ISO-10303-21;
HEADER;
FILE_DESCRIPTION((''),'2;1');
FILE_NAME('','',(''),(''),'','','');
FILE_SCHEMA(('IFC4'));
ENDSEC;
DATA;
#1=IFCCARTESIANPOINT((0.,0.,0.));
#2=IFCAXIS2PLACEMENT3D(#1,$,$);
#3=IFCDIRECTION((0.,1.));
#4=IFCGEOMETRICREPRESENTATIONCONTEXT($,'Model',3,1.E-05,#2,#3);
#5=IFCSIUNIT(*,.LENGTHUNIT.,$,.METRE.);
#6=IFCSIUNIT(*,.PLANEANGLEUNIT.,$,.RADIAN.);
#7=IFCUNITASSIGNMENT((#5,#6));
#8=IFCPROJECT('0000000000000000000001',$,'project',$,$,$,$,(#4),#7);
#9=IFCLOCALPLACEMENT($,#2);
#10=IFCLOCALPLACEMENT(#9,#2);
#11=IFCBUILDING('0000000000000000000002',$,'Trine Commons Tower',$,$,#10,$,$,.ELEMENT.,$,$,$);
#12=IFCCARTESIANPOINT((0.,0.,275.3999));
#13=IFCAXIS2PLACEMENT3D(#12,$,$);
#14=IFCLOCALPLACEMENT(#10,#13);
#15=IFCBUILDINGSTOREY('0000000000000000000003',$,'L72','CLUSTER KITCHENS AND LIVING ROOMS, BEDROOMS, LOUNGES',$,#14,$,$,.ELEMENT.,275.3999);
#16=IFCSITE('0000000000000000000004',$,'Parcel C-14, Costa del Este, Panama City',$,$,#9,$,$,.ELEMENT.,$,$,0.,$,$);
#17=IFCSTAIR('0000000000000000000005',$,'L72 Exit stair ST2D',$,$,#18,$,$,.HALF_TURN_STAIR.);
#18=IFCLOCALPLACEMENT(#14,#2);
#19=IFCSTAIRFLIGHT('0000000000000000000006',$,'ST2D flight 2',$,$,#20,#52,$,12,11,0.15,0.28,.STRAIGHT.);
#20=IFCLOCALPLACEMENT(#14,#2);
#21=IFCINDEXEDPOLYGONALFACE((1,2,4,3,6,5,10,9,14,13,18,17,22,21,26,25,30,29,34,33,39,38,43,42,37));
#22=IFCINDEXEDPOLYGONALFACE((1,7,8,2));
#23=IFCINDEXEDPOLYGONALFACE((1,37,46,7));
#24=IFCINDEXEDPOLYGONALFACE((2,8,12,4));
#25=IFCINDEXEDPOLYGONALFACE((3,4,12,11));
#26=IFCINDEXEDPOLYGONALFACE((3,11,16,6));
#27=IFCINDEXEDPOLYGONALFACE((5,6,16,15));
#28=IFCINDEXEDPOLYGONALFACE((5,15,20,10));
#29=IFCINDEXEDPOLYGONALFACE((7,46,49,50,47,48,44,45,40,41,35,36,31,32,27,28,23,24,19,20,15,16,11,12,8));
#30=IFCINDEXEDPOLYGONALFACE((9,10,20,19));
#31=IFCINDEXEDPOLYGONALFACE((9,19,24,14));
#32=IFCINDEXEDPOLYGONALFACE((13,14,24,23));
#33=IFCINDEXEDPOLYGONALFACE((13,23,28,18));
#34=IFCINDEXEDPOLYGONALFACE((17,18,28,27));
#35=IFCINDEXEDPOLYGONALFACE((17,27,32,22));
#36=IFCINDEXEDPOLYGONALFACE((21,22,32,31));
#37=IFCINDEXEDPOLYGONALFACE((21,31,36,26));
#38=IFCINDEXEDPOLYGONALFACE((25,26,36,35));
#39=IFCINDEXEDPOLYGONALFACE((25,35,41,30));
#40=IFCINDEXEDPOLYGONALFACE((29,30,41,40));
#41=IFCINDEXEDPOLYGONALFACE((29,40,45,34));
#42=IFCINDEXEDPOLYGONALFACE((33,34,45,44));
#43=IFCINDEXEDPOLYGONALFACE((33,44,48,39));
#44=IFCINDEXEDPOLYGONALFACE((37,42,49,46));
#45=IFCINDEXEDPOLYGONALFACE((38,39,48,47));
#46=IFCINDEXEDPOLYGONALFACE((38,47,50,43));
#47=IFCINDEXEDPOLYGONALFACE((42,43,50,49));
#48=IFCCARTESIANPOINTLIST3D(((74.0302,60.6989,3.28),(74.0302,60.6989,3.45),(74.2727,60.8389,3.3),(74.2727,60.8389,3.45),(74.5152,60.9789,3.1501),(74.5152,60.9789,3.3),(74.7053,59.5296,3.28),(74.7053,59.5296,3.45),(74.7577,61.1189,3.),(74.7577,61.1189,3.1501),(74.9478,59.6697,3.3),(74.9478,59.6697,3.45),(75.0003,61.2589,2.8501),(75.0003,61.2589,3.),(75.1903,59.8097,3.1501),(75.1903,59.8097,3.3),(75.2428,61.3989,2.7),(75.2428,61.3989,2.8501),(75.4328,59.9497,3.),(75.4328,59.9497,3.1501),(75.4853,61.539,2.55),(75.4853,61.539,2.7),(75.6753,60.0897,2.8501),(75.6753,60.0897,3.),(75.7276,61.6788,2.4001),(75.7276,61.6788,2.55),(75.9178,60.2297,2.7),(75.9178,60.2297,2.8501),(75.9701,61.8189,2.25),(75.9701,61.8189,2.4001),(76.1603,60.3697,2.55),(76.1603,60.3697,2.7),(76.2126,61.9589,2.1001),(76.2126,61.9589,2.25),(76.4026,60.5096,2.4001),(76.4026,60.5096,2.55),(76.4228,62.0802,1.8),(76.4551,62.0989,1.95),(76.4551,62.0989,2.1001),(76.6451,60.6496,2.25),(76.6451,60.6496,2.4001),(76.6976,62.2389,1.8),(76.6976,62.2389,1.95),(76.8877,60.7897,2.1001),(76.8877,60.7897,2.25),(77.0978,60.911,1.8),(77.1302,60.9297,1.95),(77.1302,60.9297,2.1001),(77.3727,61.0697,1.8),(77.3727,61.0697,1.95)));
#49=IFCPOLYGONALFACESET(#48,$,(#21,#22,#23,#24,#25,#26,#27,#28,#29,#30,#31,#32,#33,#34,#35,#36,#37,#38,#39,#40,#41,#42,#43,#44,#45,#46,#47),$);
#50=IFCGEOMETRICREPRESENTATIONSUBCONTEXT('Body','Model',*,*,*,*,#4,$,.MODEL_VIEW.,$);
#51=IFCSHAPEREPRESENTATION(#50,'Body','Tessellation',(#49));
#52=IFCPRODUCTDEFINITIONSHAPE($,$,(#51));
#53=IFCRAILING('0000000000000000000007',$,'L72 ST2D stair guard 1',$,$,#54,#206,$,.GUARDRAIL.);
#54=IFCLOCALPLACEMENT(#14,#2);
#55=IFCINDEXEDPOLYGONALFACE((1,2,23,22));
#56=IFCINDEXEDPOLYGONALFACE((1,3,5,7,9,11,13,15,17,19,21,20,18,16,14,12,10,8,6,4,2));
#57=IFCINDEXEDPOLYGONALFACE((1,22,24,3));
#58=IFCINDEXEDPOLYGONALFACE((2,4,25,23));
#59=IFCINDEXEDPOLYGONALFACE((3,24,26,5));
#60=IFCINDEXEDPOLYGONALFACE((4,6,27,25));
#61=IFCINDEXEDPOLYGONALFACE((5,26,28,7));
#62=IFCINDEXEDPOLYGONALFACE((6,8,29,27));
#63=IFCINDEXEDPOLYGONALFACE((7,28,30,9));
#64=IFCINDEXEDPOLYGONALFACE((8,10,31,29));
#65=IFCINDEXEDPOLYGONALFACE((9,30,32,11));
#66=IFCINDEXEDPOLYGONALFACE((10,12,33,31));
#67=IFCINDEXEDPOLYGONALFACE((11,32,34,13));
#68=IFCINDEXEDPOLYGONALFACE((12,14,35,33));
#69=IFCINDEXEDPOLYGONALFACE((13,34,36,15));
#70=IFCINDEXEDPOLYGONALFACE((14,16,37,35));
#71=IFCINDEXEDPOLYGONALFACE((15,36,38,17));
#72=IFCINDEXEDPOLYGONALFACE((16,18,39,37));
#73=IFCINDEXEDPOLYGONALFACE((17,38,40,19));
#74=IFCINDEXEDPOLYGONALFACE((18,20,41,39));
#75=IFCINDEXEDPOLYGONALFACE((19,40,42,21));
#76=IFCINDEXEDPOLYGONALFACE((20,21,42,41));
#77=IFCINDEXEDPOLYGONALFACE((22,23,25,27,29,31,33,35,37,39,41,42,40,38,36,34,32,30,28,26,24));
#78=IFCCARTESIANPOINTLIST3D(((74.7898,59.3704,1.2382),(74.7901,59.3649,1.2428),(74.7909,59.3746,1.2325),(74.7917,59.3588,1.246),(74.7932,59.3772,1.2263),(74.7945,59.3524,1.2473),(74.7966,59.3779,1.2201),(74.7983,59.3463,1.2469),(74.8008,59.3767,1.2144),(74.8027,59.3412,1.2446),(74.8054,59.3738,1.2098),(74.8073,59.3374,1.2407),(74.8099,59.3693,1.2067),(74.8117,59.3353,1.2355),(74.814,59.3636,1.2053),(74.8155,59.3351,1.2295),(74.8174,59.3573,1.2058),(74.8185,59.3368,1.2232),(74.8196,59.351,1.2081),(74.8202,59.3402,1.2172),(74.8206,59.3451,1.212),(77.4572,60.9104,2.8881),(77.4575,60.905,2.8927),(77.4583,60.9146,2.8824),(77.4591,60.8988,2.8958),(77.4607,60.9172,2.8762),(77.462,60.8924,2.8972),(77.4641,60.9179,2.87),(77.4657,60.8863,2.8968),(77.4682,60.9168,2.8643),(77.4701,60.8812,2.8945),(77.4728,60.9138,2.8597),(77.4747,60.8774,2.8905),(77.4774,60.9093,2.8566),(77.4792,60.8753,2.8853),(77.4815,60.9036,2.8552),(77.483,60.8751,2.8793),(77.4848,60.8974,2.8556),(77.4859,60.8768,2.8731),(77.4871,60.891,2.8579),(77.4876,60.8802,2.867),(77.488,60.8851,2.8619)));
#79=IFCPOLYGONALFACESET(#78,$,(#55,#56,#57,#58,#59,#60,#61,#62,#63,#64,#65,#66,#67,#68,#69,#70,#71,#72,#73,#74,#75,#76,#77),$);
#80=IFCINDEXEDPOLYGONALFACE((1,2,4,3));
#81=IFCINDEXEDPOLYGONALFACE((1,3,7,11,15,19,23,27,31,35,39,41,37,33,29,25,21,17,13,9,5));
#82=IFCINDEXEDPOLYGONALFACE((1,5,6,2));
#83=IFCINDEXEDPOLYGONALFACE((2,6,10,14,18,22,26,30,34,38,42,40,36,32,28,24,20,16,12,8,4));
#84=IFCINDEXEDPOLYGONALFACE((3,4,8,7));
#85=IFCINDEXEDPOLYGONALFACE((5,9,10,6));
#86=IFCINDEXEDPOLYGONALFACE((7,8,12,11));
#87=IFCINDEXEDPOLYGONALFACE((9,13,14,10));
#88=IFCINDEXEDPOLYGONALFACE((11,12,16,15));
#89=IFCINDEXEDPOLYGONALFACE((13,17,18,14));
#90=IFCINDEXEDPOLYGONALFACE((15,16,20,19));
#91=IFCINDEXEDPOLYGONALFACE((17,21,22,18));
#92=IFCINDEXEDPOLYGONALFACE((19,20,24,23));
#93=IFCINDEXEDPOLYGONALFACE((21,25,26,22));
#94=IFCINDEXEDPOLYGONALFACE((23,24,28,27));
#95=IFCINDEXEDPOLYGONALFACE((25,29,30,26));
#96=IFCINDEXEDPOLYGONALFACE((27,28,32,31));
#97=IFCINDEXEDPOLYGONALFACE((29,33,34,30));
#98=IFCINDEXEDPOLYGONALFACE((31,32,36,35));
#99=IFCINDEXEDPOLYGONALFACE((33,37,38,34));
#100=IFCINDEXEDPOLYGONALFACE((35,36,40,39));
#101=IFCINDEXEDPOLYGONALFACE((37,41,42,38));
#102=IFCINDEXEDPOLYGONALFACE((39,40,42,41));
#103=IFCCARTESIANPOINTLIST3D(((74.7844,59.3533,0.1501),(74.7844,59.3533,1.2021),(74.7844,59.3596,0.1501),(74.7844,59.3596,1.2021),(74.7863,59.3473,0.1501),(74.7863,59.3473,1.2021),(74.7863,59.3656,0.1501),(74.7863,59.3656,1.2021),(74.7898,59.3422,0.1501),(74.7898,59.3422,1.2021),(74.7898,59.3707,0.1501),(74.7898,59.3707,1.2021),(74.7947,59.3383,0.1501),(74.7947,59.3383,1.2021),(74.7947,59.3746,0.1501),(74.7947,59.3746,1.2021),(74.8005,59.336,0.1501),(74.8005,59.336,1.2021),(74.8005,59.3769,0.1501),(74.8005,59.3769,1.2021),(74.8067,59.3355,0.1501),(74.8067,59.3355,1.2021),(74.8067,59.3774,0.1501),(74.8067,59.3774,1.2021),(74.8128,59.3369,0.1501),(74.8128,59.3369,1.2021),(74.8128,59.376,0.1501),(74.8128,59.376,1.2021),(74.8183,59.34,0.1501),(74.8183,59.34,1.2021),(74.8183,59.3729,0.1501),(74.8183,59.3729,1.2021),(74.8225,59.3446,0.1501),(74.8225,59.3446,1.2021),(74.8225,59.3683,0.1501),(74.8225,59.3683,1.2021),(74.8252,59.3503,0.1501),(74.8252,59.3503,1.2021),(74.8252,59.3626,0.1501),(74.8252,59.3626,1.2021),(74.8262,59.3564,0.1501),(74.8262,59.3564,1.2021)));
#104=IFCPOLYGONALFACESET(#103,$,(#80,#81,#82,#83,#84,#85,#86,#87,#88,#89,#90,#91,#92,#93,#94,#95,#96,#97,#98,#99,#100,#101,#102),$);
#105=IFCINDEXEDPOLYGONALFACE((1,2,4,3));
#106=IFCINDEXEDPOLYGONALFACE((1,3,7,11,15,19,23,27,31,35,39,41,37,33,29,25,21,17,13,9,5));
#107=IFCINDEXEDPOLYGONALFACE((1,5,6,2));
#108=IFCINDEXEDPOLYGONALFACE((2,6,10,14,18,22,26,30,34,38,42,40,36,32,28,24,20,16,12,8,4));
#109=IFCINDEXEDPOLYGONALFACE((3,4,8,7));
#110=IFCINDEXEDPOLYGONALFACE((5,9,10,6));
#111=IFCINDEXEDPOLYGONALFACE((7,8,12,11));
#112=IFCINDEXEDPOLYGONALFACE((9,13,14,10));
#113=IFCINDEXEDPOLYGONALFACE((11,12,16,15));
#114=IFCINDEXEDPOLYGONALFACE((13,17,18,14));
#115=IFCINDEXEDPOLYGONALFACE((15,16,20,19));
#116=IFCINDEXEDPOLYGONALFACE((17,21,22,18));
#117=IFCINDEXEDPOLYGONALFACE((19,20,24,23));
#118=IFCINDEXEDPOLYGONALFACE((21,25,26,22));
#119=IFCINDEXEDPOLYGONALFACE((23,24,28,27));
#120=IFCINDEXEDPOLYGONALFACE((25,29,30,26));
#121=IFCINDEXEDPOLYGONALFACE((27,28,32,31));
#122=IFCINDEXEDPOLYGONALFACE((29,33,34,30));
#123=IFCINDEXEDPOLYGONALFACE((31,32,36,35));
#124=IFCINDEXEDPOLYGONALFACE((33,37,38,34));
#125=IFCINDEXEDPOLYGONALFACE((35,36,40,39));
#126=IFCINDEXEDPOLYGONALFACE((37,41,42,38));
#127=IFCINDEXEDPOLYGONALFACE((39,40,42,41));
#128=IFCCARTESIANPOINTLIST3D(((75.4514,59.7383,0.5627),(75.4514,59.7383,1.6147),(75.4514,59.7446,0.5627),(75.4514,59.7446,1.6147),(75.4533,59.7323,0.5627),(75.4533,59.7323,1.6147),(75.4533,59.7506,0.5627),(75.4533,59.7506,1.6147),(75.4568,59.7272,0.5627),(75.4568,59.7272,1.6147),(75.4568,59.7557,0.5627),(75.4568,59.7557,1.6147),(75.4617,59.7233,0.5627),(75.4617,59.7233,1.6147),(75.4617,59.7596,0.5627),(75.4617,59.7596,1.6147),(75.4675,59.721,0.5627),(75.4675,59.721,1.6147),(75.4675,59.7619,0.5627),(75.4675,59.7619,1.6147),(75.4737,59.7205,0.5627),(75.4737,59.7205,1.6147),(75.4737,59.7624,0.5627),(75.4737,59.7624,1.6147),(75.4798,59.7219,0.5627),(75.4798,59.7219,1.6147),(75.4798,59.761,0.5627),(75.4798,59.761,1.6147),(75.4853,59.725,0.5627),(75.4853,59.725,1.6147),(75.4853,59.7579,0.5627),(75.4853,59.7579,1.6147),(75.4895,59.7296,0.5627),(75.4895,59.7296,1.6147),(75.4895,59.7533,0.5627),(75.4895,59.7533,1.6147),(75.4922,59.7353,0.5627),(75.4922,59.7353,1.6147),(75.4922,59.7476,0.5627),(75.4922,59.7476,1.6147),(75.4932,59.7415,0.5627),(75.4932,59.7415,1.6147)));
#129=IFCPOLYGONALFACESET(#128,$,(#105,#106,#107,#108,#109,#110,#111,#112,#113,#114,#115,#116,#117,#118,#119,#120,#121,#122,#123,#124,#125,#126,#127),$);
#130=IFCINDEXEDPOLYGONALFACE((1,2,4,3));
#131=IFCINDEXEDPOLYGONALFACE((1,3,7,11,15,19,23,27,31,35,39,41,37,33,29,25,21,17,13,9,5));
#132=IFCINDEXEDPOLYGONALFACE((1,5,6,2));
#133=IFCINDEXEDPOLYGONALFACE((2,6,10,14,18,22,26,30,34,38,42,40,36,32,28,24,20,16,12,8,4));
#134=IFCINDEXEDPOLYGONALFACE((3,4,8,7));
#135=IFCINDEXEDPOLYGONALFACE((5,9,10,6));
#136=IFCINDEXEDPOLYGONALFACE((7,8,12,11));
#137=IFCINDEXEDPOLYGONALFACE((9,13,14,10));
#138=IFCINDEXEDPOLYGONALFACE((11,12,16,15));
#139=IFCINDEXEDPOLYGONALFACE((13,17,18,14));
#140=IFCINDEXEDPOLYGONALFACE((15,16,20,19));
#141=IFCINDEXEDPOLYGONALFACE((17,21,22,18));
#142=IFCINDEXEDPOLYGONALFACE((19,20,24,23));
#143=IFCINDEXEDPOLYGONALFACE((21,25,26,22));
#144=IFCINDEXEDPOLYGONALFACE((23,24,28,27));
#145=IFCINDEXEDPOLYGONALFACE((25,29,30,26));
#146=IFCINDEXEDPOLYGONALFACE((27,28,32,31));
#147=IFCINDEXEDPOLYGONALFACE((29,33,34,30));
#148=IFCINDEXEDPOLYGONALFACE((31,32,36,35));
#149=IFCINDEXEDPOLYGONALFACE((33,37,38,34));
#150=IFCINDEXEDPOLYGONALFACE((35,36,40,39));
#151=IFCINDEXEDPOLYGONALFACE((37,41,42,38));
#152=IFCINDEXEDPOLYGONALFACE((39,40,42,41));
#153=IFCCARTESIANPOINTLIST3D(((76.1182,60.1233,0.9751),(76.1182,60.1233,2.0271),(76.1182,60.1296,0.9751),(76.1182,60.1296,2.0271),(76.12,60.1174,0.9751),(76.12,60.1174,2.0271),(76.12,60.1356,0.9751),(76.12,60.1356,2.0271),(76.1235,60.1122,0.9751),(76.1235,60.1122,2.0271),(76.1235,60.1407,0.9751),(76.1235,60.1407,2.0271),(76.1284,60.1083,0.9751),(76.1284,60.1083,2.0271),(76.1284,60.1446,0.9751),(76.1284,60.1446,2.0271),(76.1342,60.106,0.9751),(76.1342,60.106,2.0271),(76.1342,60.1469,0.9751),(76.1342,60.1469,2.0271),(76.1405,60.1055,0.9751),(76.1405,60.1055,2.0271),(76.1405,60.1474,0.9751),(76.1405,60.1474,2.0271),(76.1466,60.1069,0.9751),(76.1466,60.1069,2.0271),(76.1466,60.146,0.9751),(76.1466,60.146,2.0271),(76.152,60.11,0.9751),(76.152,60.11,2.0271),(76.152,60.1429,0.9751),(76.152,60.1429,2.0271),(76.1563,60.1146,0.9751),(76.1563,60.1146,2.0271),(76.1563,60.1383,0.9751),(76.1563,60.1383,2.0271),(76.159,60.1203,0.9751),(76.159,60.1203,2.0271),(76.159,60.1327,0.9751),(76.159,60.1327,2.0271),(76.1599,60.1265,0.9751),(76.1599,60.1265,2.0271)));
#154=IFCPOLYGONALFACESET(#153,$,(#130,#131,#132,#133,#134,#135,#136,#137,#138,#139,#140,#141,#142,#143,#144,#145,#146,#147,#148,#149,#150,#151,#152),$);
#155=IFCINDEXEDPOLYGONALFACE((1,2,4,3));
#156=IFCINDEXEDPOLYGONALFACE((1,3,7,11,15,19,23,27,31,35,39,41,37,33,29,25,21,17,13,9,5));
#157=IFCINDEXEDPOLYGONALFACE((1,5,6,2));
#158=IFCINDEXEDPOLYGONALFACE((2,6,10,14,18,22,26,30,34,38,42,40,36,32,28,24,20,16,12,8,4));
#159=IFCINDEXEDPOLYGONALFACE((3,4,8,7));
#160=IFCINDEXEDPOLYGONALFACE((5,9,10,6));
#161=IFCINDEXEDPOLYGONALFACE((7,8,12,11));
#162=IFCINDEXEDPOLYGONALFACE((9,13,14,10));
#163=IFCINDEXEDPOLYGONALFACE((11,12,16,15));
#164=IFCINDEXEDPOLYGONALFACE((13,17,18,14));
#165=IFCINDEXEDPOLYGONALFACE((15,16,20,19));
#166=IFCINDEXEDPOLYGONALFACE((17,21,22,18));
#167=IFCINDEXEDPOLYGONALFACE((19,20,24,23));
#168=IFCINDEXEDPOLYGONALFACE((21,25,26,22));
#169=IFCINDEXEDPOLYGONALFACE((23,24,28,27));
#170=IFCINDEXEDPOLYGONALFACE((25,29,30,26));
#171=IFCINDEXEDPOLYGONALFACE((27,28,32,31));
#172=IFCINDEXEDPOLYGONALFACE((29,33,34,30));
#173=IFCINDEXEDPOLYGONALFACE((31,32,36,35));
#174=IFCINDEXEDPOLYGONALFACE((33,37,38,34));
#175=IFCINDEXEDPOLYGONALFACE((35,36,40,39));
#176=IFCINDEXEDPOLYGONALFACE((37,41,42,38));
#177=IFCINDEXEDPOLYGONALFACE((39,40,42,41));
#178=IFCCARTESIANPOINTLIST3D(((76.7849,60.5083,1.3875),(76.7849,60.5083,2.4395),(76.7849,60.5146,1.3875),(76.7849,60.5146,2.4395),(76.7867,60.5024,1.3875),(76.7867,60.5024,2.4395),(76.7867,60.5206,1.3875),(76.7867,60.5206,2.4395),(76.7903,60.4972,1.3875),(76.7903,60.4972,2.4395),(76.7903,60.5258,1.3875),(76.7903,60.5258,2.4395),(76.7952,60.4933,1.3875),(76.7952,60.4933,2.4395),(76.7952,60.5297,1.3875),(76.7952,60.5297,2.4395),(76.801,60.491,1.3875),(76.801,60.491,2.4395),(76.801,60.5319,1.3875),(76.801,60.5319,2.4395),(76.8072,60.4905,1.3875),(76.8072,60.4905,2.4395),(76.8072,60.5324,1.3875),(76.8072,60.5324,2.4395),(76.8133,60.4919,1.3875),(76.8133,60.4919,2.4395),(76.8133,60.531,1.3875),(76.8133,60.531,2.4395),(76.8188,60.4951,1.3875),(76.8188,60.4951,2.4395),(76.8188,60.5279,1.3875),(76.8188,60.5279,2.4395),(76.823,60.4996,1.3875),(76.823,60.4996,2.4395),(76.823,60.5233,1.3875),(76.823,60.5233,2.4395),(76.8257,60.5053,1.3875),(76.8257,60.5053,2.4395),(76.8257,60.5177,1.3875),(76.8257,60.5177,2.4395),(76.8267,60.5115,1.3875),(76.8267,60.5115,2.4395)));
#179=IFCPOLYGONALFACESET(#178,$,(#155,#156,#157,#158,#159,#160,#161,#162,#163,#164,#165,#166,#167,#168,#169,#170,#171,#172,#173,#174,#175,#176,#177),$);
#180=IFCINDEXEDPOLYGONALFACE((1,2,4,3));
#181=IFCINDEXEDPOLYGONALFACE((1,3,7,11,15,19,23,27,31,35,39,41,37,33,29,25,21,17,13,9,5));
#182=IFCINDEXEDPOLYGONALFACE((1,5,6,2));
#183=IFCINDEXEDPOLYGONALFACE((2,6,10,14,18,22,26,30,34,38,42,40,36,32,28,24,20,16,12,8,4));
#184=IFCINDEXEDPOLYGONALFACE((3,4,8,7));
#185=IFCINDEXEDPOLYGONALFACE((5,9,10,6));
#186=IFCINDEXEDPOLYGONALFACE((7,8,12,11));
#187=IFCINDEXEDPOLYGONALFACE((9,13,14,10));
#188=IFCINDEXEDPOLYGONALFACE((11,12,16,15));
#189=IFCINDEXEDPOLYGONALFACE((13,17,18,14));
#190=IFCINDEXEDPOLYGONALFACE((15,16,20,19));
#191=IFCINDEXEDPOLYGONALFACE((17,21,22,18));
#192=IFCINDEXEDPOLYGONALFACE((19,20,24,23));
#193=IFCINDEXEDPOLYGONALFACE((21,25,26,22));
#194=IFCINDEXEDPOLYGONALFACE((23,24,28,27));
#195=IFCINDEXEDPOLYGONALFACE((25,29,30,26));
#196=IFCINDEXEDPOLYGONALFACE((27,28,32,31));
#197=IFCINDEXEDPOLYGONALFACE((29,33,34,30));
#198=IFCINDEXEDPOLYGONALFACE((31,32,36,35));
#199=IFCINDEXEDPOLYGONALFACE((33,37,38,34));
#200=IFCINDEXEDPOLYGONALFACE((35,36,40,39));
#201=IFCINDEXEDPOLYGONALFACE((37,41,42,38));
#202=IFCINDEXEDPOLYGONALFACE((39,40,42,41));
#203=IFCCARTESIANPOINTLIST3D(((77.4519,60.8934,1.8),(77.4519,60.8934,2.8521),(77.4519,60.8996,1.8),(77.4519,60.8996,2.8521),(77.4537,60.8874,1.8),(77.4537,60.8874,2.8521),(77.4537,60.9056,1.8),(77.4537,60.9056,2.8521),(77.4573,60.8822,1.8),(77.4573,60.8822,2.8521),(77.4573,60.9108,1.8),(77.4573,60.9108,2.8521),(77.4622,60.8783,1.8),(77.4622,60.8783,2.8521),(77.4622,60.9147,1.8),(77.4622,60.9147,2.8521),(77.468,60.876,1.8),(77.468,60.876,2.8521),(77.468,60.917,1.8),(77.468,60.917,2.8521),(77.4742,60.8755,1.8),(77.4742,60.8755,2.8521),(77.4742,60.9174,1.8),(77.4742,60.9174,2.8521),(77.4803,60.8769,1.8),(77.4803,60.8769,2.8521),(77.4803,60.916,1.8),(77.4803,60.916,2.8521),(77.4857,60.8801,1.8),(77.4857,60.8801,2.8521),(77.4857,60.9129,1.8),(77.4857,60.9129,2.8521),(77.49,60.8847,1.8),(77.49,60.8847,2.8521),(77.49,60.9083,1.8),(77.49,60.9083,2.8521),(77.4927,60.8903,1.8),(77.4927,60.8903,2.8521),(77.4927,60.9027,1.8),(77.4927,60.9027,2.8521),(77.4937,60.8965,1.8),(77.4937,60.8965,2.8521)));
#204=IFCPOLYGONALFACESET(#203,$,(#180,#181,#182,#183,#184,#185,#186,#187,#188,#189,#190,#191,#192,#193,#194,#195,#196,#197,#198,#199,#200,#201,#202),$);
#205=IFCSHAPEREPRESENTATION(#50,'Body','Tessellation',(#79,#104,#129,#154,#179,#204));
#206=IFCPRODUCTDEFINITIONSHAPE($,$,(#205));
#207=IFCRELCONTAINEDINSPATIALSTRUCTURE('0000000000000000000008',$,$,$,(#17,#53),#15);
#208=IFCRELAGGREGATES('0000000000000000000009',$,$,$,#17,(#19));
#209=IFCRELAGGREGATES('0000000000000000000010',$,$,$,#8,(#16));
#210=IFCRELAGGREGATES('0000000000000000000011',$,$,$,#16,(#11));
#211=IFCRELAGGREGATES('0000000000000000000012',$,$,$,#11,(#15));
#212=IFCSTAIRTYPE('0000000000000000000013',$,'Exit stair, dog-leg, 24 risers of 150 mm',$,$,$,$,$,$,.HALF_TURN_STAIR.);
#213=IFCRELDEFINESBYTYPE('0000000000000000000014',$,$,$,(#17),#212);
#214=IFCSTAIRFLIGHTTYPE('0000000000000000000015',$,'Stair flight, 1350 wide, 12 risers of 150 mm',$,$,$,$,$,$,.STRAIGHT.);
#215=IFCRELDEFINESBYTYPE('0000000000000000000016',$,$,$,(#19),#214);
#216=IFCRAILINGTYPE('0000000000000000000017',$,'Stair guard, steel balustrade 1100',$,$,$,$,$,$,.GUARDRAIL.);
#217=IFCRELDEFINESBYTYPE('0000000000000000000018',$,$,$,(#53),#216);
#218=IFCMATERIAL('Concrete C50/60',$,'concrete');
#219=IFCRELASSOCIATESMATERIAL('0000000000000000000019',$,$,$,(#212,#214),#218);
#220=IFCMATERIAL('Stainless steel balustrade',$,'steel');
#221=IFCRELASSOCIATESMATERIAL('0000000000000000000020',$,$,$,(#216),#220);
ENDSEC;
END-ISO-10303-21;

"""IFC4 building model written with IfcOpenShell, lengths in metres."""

from ifc_helpers import new_model, si_unit, direction, frame, origin, origin_2d, place, context, subcontext, project, spatial, polyline, circle, outline, extrude, material, type_object, element, aggregate, save


model = new_model("IFC4")

# Units and contexts
model_context = context("Model", 3, precision=1e-05, world=origin(), true_north=direction((0.0, 1.0)))
body_context = subcontext(model_context, "Body", "Model", "MODEL_VIEW")
ifc_project = project(units=[si_unit("LENGTHUNIT", "METRE"), si_unit("PLANEANGLEUNIT", "RADIAN")], contexts=[model_context])

# Site, building, storey
site_placement = place(None, origin())
site = spatial("IfcSite", under=ifc_project, at=site_placement, Name="Parcel C-14, Costa del Este, Panama City", CompositionType="ELEMENT", RefElevation=0.0)
building_placement = place(site_placement, origin())
building = spatial("IfcBuilding", under=site, at=building_placement, Name="Trine Commons Tower", CompositionType="ELEMENT")
storey_placement = place(building_placement, frame((0.0, 0.0, 275.3999)))
storey = spatial("IfcBuildingStorey", under=building, at=storey_placement, Name="L72", Description="CLUSTER KITCHENS AND LIVING ROOMS, BEDROOMS, LOUNGES", CompositionType="ELEMENT", Elevation=275.3999)

# Shared definitions
ifc_material_1 = material(Name="Concrete C50/60", Category="concrete")

# Stair, stair flight
stair_type = type_object("IfcStairType", Name="Exit stair, dog-leg, 24 risers of 150 mm", PredefinedType="HALF_TURN_STAIR", material=ifc_material_1)
stair_placement = place(storey_placement, origin())
stair = element("IfcStair", 1, at=stair_placement, inside=storey, type_object=stair_type, Name="L72 Exit stair ST2D", PredefinedType="HALF_TURN_STAIR")
stair_flight_type = type_object("IfcStairFlightType", Name="Stair flight, 1350 wide, 12 risers of 150 mm", PredefinedType="STRAIGHT", material=ifc_material_1)
stair_flight_1_placement = place(storey_placement, frame((77.0352, 61.6543, 1.8), z_axis=(0.0, 0.0, 1.0), x_axis=(-0.866025, -0.5, 0.0)))
stair_flight_1 = element("IfcStairFlight", 2, at=stair_flight_1_placement, type_object=stair_flight_type, Name="ST2D flight 2", NumberOfRisers=12, NumberOfTreads=11, PredefinedType="STRAIGHT", RiserHeight=0.15, TreadLength=0.28, context=body_context, shape_type="SweptSolid", body=[
    extrude(outline(polyline([(0.0, 0.0), (0.0, 0.1499), (0.28, 0.1499), (0.28, 0.3), (0.5601, 0.3), (0.5601, 0.45), (0.8401, 0.45), (0.8401, 0.6001), (1.1201, 0.6001), (1.1201, 0.75), (1.3999, 0.75), (1.3999, 0.8999), (1.6799, 0.8999), (1.6799, 1.05), (1.96, 1.05), (1.96, 1.2), (2.24, 1.2), (2.24, 1.3501), (2.52, 1.3501), (2.52, 1.5), (2.8, 1.5), (2.8, 1.6499), (3.0801, 1.6499), (3.0801, 1.8), (3.0801, 1.48), (0.3174, 0.0), (0.0, 0.0)])), frame((0.0, 0.675, 0.0), z_axis=(0.0, -1.0, 0.0), x_axis=(1.0, 0.0, 0.0)), (0.0, 0.0, 1.0), 1.3501),
])
aggregate(stair, [stair_flight_1])

# Railing
ifc_material_2 = material(Name="Stainless steel balustrade", Category="steel")
railing_type_1 = type_object("IfcRailingType", Name="Stair guard, steel balustrade 1100", PredefinedType="GUARDRAIL", material=ifc_material_2)
railing_1_placement = place(storey_placement, frame((74.8052, 59.3564, 0.1501)))
element("IfcRailing", 3, at=railing_1_placement, inside=storey, type_object=railing_type_1, Name="L72 ST2D stair guard 1", PredefinedType="GUARDRAIL", context=body_context, shape_type="SweptSolid", body=[
    extrude(circle(Radius=0.0239, at=origin_2d()), frame((0.0, 0.0, 1.0762), z_axis=(0.763405, 0.440743, 0.472185), x_axis=(-0.499992, 0.86603, 0.0)), (0.0, 0.0, 1.0), 3.4941),
    extrude(circle(Radius=0.021, at=origin_2d()), origin(), (0.0, 0.0, 1.0), 1.052),
    extrude(circle(Radius=0.021, at=origin_2d()), frame((0.667, 0.385, 0.4126)), (0.0, 0.0, 1.0), 1.052),
    extrude(circle(Radius=0.021, at=origin_2d()), frame((1.3337, 0.77, 0.825)), (0.0, 0.0, 1.0), 1.052),
    extrude(circle(Radius=0.021, at=origin_2d()), frame((2.0005, 1.155, 1.2373)), (0.0, 0.0, 1.0), 1.052),
    extrude(circle(Radius=0.021, at=origin_2d()), frame((2.6675, 1.54, 1.6499)), (0.0, 0.0, 1.0), 1.052),
])

save(model, "model.ifc")
